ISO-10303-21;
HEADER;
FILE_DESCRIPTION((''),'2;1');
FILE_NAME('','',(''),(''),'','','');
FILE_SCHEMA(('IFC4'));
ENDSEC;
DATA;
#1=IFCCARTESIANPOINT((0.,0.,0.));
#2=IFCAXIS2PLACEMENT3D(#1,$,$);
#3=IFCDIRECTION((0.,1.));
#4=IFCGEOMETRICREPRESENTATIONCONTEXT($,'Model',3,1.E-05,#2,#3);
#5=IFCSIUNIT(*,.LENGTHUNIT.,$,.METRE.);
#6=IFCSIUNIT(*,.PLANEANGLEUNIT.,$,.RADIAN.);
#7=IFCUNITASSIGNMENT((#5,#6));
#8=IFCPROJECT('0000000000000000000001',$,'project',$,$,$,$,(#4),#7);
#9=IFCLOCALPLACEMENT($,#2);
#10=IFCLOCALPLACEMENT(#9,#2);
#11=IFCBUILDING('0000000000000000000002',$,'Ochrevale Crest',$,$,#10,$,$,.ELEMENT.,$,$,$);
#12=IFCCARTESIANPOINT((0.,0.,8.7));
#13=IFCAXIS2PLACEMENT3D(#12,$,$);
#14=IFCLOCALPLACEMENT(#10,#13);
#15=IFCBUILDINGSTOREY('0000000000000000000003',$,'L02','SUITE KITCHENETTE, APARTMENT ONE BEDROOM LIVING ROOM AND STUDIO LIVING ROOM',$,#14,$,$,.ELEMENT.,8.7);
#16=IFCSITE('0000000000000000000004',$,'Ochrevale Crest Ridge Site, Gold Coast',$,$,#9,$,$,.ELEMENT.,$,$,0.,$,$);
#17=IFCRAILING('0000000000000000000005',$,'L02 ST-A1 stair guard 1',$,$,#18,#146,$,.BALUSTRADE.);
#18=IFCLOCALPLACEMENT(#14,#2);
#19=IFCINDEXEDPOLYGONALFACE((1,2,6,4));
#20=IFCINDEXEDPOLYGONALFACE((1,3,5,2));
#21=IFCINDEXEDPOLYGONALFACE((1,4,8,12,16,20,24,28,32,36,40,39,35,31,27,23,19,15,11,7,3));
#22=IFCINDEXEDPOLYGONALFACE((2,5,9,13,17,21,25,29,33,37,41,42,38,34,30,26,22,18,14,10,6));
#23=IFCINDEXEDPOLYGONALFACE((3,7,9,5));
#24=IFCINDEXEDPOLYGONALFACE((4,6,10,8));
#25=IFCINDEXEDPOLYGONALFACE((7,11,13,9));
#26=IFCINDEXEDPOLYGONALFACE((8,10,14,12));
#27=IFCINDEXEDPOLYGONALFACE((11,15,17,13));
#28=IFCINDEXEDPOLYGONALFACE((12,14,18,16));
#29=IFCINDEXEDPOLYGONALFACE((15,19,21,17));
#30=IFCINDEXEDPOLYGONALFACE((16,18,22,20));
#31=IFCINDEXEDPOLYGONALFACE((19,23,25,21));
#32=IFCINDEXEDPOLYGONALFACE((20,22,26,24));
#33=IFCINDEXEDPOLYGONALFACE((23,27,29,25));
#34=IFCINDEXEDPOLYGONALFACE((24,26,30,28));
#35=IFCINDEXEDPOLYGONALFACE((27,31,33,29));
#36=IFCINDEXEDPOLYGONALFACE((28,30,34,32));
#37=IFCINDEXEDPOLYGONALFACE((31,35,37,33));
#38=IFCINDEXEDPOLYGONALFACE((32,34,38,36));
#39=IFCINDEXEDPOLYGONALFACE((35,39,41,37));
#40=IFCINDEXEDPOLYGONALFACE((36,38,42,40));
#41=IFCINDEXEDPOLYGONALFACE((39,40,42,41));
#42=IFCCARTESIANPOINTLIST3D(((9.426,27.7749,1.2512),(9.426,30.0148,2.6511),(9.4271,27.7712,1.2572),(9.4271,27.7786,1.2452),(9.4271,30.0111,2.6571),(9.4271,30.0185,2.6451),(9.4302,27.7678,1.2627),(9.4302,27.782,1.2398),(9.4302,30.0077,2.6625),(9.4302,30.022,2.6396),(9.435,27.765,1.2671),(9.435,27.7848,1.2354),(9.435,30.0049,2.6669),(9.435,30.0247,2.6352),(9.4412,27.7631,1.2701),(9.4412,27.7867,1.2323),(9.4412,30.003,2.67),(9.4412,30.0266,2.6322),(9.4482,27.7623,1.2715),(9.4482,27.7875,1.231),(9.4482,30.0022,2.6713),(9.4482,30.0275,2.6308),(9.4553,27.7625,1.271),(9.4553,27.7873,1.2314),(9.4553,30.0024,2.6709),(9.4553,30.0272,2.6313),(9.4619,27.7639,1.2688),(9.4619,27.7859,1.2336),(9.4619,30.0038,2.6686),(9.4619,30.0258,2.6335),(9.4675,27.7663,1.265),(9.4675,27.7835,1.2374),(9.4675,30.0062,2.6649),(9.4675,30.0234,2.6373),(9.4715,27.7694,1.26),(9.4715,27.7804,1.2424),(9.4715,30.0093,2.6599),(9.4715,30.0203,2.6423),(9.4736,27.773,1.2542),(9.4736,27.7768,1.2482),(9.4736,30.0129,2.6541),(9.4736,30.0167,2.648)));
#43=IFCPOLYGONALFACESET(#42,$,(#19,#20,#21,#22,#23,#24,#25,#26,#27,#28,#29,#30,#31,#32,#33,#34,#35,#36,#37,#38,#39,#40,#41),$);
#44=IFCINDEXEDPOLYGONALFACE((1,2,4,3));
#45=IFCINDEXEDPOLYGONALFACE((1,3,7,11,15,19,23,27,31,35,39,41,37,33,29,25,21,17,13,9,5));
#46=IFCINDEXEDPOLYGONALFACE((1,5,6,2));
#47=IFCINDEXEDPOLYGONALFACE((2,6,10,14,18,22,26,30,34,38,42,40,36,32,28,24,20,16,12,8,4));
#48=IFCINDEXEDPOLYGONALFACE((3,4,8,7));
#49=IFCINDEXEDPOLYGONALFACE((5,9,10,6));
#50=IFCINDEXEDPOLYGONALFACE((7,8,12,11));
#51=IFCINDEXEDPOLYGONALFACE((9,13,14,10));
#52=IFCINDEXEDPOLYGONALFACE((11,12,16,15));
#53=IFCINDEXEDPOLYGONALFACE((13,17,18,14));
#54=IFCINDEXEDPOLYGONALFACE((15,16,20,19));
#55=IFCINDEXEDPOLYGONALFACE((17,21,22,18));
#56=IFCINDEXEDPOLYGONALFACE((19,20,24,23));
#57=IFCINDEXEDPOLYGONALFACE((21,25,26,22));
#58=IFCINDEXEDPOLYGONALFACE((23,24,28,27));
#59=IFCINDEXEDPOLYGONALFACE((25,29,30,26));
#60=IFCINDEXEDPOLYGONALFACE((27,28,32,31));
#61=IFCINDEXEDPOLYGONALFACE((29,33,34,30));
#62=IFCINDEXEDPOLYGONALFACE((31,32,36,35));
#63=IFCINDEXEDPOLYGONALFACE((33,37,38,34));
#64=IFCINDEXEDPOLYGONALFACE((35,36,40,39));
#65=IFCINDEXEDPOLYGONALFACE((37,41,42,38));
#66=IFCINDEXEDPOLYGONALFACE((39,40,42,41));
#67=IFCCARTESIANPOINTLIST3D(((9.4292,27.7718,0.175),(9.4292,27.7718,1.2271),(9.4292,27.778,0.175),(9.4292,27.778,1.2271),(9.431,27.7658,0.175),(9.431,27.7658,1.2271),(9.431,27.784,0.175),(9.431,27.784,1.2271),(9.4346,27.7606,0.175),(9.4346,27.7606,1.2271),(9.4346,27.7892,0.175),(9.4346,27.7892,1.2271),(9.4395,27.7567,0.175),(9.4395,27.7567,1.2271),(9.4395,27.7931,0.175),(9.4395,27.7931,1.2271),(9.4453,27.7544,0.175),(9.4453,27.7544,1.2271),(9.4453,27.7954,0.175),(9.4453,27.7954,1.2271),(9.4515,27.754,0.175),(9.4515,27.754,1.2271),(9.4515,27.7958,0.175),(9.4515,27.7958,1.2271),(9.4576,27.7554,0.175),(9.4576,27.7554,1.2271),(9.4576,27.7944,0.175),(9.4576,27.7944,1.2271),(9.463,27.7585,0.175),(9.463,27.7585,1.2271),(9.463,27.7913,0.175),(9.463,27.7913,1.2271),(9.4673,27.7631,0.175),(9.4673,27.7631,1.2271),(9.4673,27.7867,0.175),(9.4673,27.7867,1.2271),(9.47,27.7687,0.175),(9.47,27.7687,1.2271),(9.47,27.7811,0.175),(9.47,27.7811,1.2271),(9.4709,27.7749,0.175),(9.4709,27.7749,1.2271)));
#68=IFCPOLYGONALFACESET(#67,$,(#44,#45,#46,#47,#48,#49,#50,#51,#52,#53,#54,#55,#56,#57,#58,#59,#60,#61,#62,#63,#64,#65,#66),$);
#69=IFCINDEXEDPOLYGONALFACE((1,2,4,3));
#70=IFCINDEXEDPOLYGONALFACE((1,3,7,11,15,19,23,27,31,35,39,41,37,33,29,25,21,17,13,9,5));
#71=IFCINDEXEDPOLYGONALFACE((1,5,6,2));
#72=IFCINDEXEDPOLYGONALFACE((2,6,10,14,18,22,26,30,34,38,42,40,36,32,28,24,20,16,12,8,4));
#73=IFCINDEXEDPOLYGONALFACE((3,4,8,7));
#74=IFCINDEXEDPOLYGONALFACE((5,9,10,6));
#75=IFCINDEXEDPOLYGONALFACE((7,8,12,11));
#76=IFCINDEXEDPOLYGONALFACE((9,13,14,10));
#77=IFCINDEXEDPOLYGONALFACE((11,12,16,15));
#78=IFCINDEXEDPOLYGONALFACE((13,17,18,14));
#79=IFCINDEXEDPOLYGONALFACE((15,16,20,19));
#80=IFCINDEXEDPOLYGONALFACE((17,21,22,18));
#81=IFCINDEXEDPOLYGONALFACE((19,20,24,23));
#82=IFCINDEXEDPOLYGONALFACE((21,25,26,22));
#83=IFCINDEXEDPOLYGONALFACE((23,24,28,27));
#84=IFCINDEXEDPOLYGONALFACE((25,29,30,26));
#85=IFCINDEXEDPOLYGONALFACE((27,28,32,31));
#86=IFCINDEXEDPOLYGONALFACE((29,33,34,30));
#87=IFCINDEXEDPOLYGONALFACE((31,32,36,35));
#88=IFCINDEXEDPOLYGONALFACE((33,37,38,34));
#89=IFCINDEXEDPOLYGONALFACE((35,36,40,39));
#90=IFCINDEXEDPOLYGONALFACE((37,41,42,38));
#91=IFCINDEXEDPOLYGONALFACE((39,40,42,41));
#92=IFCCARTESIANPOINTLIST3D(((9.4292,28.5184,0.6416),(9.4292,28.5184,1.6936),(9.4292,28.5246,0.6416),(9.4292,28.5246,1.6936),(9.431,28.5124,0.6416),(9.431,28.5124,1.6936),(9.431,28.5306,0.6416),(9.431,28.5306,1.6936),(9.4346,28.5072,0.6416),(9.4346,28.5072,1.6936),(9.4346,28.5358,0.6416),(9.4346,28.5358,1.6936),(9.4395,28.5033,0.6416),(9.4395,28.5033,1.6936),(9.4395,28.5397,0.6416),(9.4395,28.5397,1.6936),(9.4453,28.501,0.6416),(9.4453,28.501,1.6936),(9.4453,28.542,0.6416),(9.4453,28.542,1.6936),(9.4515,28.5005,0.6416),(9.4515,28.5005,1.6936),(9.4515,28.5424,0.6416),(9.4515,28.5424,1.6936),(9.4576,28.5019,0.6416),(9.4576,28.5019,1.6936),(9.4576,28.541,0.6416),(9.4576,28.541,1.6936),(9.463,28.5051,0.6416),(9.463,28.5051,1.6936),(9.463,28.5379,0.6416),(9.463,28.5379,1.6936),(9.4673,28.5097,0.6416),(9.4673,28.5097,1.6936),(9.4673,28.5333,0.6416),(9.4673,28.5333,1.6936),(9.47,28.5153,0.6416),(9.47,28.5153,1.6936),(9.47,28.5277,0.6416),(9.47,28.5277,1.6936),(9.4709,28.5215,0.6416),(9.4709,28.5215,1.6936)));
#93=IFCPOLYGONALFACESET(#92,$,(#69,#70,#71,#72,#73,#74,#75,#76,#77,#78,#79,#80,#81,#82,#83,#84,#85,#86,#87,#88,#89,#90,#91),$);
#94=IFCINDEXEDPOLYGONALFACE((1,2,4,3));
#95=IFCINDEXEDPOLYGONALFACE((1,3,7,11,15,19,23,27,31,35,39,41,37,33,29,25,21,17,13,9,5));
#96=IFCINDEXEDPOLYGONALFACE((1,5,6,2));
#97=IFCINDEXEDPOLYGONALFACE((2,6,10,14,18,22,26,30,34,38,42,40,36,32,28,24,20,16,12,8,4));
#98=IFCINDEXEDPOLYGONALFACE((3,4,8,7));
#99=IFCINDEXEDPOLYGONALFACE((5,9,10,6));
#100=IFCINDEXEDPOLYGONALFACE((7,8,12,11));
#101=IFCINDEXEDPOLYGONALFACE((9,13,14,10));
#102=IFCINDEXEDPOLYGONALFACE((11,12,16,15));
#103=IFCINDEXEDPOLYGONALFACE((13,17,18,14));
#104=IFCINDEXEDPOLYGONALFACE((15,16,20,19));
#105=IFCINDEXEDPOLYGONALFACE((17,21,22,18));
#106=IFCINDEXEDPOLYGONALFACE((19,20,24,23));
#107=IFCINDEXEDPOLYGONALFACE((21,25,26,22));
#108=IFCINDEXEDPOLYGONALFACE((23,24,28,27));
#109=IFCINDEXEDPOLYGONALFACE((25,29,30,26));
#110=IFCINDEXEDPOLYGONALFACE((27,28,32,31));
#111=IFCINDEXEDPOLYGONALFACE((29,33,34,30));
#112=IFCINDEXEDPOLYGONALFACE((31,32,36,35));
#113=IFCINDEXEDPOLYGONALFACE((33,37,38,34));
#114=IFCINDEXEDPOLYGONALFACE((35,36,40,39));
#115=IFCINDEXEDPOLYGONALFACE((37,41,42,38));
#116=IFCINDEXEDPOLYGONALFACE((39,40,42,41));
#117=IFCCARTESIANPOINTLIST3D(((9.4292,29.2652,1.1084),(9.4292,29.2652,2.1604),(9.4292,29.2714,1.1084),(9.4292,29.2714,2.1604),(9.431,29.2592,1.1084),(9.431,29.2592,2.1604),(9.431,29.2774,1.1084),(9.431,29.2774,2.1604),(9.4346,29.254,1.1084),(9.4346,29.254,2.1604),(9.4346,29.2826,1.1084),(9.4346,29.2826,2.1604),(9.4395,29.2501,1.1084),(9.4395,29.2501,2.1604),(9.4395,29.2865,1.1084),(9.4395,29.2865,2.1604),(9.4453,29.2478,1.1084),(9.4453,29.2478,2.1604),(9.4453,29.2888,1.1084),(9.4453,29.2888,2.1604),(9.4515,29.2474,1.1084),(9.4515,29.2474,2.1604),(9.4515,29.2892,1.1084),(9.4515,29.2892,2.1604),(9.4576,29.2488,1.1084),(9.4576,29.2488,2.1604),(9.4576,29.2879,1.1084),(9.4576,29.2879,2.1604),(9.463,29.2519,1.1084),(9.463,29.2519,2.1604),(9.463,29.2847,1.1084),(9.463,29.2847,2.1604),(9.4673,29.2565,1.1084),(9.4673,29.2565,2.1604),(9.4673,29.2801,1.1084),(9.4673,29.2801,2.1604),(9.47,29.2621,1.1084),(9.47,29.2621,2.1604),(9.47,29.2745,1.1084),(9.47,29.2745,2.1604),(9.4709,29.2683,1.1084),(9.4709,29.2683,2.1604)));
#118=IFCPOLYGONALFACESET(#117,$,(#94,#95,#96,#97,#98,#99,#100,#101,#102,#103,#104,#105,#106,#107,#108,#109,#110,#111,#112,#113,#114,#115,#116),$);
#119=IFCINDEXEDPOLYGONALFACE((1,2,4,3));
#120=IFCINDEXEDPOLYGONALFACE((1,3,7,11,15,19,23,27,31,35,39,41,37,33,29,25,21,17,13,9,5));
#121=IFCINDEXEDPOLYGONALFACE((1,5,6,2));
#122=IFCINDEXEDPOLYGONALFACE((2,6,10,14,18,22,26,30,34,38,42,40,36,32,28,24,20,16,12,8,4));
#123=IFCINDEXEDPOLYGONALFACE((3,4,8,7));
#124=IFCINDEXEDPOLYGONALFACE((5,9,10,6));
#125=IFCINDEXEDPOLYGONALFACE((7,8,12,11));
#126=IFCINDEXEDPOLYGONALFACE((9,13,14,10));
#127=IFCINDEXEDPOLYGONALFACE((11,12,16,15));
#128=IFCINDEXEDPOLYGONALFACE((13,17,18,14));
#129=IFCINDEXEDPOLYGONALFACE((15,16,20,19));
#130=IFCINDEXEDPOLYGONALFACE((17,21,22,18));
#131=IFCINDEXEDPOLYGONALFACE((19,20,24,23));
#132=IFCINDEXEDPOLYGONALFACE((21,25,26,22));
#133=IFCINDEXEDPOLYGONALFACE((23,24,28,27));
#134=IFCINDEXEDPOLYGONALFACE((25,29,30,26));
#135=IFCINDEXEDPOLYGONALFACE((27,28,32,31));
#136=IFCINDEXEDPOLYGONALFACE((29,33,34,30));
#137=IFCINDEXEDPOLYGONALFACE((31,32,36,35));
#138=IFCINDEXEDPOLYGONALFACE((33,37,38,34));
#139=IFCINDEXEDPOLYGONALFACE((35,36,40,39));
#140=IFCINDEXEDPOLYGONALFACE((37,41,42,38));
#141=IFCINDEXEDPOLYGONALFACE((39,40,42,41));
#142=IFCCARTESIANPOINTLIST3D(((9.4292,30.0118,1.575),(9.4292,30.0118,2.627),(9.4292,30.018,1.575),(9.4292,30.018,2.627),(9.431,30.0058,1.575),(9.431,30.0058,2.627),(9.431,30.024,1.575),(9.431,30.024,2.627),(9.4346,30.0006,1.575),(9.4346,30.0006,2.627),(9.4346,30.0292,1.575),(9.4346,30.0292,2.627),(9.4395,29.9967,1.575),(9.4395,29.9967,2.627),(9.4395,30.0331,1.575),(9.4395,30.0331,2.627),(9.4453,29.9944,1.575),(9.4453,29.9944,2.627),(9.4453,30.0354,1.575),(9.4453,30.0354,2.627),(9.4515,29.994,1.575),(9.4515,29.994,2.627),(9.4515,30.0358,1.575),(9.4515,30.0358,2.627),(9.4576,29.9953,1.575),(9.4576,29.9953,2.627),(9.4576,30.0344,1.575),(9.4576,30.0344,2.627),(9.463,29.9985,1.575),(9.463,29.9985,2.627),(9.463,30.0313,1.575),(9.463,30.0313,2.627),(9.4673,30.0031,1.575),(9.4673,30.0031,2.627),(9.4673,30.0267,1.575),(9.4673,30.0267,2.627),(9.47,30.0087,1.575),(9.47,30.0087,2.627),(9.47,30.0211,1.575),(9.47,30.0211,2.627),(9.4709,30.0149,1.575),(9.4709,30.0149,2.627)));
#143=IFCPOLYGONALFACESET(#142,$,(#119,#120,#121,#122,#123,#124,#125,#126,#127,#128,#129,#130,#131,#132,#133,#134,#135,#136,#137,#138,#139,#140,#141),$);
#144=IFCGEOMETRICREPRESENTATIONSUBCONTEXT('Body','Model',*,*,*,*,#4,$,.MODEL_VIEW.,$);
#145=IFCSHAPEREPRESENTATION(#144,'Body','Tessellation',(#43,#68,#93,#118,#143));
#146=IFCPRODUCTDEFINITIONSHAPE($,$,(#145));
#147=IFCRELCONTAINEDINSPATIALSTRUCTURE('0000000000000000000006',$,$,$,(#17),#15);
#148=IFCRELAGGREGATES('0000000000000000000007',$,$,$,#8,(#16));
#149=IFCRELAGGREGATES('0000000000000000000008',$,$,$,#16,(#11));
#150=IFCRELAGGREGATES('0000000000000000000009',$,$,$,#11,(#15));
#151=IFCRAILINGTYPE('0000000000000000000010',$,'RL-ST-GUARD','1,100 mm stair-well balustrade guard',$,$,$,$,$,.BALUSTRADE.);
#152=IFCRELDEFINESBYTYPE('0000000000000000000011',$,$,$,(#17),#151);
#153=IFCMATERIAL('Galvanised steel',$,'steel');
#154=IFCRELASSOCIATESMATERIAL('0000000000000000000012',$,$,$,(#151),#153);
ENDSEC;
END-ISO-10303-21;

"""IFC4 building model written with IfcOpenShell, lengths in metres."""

from ifc_helpers import new_model, si_unit, direction, frame, origin, origin_2d, place, context, subcontext, project, spatial, circle, extrude, material, type_object, element, save


model = new_model("IFC4")

# Units and contexts
model_context = context("Model", 3, precision=1e-05, world=origin(), true_north=direction((0.0, 1.0)))
body_context = subcontext(model_context, "Body", "Model", "MODEL_VIEW")
ifc_project = project(units=[si_unit("LENGTHUNIT", "METRE"), si_unit("PLANEANGLEUNIT", "RADIAN")], contexts=[model_context])

# Site, building, storey
site_placement = place(None, origin())
site = spatial("IfcSite", under=ifc_project, at=site_placement, Name="Ochrevale Crest Ridge Site, Gold Coast", CompositionType="ELEMENT", RefElevation=0.0)
building_placement = place(site_placement, origin())
building = spatial("IfcBuilding", under=site, at=building_placement, Name="Ochrevale Crest", CompositionType="ELEMENT")
storey_placement = place(building_placement, frame((0.0, 0.0, 8.7)))
storey = spatial("IfcBuildingStorey", under=building, at=storey_placement, Name="L02", Description="SUITE KITCHENETTE, APARTMENT ONE BEDROOM LIVING ROOM AND STUDIO LIVING ROOM", CompositionType="ELEMENT", Elevation=8.7)

# Railing
ifc_material_1 = material(Name="Galvanised steel", Category="steel")
railing_type_1 = type_object("IfcRailingType", Name="RL-ST-GUARD", Description="1,100 mm stair-well balustrade guard", PredefinedType="BALUSTRADE", material=ifc_material_1)
railing_1_placement = place(storey_placement, frame((9.45, 27.7749, 0.175)))
element("IfcRailing", 1, at=railing_1_placement, inside=storey, type_object=railing_type_1, Name="L02 ST-A1 stair guard 1", PredefinedType="BALUSTRADE", context=body_context, shape_type="SweptSolid", body=[
    extrude(circle(Radius=0.0239, at=origin_2d()), frame((0.0, 0.0, 1.0762), z_axis=(0.0, 0.848014, 0.529974), x_axis=(-1.0, 0.0, 0.0)), (0.0, 0.0, 1.0), 2.6414),
    extrude(circle(Radius=0.021, at=origin_2d()), origin(), (0.0, 0.0, 1.0), 1.052),
    extrude(circle(Radius=0.021, at=origin_2d()), frame((0.0, 0.7466, 0.4666)), (0.0, 0.0, 1.0), 1.052),
    extrude(circle(Radius=0.021, at=origin_2d()), frame((0.0, 1.4934, 0.9333)), (0.0, 0.0, 1.0), 1.052),
    extrude(circle(Radius=0.021, at=origin_2d()), frame((0.0, 2.24, 1.3999)), (0.0, 0.0, 1.0), 1.052),
])

save(model, "model.ifc")
